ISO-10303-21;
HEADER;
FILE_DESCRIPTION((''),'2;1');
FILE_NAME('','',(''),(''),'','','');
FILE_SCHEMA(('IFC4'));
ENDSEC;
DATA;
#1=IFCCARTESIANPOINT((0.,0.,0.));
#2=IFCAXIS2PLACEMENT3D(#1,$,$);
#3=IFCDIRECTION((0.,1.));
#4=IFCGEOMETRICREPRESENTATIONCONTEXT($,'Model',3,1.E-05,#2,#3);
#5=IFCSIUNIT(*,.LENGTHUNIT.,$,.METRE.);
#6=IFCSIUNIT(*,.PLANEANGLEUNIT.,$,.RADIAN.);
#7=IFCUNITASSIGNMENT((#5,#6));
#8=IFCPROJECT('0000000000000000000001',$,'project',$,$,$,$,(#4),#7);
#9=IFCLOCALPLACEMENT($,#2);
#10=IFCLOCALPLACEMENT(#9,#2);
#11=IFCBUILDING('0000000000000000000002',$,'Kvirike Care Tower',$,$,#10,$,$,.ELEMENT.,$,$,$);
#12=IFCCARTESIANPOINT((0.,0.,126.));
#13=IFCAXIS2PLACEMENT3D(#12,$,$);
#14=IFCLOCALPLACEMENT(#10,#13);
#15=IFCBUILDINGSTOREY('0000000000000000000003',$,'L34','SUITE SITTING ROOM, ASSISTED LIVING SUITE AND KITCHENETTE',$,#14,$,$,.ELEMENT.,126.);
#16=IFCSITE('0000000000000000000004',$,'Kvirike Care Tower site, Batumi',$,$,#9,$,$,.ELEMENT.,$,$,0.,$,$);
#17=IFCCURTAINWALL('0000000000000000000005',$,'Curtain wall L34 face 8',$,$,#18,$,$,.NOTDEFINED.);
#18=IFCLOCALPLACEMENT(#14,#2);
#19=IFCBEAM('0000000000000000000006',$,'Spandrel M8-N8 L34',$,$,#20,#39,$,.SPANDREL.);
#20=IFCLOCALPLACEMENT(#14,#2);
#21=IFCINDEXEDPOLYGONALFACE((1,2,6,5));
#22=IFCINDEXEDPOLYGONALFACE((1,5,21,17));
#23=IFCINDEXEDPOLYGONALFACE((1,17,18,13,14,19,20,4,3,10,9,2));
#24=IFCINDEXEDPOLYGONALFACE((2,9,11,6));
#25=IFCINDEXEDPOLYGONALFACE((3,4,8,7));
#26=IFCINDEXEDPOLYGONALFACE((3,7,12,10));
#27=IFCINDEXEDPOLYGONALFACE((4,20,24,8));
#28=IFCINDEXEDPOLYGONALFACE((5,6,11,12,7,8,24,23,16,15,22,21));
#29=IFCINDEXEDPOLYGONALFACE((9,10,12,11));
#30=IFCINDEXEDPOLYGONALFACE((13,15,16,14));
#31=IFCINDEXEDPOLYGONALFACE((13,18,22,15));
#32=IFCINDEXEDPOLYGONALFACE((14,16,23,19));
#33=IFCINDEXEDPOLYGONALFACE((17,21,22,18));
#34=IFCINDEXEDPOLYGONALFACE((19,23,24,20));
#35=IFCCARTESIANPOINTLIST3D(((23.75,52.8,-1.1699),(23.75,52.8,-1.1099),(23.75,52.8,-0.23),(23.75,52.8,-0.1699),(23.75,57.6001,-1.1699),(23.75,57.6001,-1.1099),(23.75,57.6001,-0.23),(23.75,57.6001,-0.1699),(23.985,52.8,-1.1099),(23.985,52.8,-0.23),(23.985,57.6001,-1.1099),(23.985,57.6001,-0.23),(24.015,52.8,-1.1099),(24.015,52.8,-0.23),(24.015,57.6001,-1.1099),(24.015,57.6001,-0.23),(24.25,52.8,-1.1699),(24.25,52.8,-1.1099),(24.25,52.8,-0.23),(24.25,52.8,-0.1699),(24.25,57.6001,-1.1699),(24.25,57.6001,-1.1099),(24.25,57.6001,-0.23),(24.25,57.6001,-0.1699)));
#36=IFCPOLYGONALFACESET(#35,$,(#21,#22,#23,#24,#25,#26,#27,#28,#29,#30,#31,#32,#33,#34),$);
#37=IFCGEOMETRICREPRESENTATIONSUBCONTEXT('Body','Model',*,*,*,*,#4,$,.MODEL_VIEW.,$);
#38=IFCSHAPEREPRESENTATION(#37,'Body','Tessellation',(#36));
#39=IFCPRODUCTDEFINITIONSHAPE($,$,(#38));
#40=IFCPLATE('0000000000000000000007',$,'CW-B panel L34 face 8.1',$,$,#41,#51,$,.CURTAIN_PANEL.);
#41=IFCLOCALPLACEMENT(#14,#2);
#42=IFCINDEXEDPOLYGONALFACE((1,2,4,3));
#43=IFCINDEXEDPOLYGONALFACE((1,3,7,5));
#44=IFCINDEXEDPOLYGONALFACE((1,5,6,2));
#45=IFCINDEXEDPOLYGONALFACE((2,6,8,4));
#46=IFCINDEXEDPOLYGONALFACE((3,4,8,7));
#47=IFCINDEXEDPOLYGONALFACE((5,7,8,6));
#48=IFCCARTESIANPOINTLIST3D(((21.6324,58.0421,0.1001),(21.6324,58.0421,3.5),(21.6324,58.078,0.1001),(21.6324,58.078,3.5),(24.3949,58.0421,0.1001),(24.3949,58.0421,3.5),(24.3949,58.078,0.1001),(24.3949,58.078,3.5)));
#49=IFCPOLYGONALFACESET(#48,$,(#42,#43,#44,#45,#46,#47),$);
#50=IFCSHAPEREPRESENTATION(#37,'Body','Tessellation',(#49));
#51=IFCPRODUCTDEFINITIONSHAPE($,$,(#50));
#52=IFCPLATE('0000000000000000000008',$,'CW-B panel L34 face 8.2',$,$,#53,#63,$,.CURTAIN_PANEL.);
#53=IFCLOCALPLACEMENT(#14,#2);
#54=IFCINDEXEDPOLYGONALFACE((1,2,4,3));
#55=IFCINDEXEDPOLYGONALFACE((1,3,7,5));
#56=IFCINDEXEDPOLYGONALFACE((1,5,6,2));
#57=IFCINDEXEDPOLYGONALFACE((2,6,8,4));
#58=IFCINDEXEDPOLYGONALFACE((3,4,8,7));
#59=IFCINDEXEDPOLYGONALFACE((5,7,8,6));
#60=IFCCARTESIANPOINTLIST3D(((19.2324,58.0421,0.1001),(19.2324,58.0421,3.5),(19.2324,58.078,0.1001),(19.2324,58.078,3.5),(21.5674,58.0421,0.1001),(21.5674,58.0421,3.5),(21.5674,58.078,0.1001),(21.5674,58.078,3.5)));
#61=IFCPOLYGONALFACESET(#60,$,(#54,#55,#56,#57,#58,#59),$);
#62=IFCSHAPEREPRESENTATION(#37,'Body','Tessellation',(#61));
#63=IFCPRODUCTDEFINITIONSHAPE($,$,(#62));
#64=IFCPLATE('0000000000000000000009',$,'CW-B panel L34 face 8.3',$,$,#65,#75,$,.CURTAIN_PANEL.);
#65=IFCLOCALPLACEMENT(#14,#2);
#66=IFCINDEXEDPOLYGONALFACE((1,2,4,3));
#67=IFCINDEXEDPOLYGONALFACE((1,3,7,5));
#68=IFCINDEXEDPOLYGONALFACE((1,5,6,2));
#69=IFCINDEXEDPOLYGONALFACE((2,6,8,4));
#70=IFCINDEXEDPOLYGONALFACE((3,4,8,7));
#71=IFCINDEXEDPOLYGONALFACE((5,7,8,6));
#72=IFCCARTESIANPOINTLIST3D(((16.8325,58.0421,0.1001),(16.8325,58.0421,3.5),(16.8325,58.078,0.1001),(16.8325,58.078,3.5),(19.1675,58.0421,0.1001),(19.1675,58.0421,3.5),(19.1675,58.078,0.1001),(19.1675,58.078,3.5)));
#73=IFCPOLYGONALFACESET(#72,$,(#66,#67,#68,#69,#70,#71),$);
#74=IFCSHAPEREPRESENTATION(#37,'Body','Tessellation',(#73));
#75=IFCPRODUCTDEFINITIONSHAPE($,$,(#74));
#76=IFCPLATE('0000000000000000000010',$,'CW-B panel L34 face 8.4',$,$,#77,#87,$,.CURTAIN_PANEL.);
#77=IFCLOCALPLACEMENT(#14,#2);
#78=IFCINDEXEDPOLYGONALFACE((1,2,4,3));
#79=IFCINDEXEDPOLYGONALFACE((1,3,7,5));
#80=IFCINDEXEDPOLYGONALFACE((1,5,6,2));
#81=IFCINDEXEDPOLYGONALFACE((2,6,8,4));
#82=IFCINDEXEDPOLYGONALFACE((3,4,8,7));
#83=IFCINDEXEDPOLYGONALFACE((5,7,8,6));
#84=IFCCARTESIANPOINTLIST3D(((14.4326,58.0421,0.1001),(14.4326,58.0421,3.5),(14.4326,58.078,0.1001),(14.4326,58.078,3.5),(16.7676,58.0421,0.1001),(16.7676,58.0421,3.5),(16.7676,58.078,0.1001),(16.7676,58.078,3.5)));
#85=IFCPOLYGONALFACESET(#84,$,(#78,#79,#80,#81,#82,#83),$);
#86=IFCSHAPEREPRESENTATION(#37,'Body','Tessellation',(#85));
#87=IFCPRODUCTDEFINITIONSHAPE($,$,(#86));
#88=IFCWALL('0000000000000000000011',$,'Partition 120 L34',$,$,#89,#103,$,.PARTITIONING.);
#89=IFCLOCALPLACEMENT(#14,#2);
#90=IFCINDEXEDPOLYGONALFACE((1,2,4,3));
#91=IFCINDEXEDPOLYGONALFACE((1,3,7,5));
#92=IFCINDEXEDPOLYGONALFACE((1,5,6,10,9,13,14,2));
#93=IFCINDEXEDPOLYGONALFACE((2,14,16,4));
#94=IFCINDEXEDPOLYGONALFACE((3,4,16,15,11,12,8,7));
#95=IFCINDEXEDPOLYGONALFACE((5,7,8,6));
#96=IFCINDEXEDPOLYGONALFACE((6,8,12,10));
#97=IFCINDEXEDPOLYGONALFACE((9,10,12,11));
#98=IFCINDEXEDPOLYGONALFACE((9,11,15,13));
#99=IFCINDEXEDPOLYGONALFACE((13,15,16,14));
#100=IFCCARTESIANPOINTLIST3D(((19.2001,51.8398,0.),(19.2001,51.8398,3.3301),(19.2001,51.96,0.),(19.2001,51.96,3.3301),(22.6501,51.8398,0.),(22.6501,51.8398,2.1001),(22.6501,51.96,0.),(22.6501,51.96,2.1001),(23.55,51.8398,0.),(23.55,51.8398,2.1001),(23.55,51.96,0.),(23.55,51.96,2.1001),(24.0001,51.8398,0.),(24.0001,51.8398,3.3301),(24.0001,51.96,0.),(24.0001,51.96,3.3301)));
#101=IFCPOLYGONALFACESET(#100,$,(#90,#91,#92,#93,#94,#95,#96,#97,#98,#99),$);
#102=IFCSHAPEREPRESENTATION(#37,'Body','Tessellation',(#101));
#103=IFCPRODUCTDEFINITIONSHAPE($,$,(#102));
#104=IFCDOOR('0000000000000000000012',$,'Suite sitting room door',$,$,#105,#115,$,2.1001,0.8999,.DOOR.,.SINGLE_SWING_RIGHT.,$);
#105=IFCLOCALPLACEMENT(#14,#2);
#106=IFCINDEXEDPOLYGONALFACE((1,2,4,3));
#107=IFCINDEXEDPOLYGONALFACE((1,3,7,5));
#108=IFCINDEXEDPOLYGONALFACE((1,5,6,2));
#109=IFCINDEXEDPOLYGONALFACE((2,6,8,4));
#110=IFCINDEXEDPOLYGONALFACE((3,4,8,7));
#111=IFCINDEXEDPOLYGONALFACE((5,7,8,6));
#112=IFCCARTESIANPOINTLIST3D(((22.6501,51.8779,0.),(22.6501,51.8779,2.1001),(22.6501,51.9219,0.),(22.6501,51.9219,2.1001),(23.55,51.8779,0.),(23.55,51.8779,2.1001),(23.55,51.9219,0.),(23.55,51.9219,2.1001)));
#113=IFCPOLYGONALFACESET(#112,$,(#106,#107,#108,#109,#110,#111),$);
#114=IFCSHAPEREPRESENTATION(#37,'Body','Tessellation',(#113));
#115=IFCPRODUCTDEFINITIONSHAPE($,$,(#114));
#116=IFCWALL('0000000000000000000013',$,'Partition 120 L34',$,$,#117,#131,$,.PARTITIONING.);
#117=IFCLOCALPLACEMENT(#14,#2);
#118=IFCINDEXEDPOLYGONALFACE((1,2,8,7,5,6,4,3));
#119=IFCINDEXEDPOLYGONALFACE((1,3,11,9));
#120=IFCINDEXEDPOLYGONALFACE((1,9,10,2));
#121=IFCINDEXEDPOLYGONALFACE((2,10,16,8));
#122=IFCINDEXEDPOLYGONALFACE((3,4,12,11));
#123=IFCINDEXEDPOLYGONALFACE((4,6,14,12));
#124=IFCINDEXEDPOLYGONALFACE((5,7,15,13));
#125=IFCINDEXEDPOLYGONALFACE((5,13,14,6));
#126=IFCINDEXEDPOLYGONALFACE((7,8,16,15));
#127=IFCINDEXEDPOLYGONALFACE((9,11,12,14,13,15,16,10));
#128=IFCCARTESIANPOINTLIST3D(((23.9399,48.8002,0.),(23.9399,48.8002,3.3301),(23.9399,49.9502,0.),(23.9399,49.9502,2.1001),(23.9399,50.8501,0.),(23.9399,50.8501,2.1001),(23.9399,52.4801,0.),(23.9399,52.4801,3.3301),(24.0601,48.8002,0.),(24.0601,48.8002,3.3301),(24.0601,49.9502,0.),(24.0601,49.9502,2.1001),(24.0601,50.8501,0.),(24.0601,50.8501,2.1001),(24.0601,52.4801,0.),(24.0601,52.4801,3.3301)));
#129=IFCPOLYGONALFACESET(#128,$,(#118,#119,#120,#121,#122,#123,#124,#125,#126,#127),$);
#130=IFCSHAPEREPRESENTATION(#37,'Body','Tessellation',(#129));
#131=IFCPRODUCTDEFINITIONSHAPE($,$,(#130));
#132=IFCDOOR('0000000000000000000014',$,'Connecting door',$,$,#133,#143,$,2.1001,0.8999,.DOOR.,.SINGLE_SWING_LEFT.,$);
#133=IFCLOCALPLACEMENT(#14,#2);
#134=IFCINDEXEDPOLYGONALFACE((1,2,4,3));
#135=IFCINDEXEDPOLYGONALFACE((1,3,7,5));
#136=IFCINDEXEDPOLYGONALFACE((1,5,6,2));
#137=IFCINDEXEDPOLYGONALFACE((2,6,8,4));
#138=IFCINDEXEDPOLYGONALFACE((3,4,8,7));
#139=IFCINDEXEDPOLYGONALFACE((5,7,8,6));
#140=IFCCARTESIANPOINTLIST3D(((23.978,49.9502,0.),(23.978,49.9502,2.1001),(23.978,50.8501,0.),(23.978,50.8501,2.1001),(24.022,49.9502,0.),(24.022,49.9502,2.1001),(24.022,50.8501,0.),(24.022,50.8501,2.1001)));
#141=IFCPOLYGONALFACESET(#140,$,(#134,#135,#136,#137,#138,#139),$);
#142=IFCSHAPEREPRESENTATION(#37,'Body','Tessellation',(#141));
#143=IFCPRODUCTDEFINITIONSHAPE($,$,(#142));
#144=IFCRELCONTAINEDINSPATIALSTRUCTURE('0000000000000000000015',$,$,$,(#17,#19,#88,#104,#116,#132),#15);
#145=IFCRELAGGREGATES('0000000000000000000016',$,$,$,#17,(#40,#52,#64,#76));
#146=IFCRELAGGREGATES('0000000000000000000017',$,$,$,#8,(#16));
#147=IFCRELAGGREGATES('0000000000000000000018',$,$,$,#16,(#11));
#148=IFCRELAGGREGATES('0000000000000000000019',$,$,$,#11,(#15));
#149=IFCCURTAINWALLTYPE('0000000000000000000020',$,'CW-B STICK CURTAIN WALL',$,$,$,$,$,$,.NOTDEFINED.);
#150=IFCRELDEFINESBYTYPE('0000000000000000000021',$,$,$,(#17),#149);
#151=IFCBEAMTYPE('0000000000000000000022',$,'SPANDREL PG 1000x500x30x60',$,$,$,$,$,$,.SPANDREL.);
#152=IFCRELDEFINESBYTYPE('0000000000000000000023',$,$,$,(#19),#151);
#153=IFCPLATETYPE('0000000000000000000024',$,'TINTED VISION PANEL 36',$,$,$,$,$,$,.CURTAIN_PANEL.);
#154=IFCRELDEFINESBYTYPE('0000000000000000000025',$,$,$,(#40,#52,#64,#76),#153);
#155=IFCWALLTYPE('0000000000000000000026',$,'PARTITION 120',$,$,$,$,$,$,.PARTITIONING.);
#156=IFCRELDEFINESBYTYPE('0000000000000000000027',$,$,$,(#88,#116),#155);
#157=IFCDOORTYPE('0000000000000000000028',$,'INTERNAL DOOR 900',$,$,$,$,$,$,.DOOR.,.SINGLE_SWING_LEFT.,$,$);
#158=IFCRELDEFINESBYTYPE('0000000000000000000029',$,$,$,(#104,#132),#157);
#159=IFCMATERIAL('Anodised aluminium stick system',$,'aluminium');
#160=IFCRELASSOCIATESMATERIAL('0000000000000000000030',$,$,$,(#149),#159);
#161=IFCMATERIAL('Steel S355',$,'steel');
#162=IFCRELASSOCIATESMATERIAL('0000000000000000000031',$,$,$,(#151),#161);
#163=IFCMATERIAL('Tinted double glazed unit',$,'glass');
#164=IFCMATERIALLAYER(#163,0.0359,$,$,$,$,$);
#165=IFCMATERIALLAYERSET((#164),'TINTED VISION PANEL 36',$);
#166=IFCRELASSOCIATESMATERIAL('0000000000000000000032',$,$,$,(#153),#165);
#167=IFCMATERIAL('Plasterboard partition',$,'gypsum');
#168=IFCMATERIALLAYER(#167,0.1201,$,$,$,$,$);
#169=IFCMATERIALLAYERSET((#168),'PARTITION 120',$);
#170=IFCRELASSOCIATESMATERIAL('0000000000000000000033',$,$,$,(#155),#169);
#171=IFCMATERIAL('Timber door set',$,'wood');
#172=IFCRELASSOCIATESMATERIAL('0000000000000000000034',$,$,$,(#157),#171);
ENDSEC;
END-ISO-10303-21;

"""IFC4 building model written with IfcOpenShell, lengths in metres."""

from ifc_helpers import new_model, si_unit, direction, frame, frame_2d, origin, origin_2d, place, context, subcontext, project, spatial, rectangle, i_section, extrude, material, layer, layer_set, material_profile, profile_set, type_object, element, fill, aggregate, save


model = new_model("IFC4")

# Units and contexts
model_context = context("Model", 3, precision=1e-05, world=origin(), true_north=direction((0.0, 1.0)))
body_context = subcontext(model_context, "Body", "Model", "MODEL_VIEW")
ifc_project = project(units=[si_unit("LENGTHUNIT", "METRE"), si_unit("PLANEANGLEUNIT", "RADIAN")], contexts=[model_context])

# Site, building, storey
site_placement = place(None, origin())
site = spatial("IfcSite", under=ifc_project, at=site_placement, Name="Kvirike Care Tower site, Batumi", CompositionType="ELEMENT", RefElevation=0.0)
building_placement = place(site_placement, origin())
building = spatial("IfcBuilding", under=site, at=building_placement, Name="Kvirike Care Tower", CompositionType="ELEMENT")
storey_placement = place(building_placement, frame((0.0, 0.0, 126.0)))
storey = spatial("IfcBuildingStorey", under=building, at=storey_placement, Name="L34", Description="SUITE SITTING ROOM, ASSISTED LIVING SUITE AND KITCHENETTE", CompositionType="ELEMENT", Elevation=126.0)

# Curtain wall
ifc_material_1 = material(Name="Anodised aluminium stick system", Category="aluminium")
curtain_wall_type = type_object("IfcCurtainWallType", Name="CW-B STICK CURTAIN WALL", PredefinedType="NOTDEFINED", material=ifc_material_1)
curtain_wall_placement = place(storey_placement, origin())
curtain_wall = element("IfcCurtainWall", 1, at=curtain_wall_placement, inside=storey, type_object=curtain_wall_type, Name="Curtain wall L34 face 8", PredefinedType="NOTDEFINED")

# Beam
ifc_material_2 = material(Name="Steel S355", Category="steel")
ifc_material_profile_1 = material_profile(ifc_material_2, i_section(OverallWidth=0.5, OverallDepth=1.0, WebThickness=0.03, FlangeThickness=0.0601, at=origin_2d()), Name="PG 1000x500x30x60")
ifc_profile_set_1 = profile_set([ifc_material_profile_1], Name="Steel S355")
beam_type = type_object("IfcBeamType", Name="SPANDREL PG 1000x500x30x60", PredefinedType="SPANDREL", material=ifc_profile_set_1)
for number, where, z_axis, x_axis, name in (
    (2, (24.0, 52.8, -0.6699), (0.0, 1.0, 0.0), (-1.0, 0.0, 0.0), "Spandrel M8-N8 L34"),
):
    element("IfcBeam", number, at=place(storey_placement, frame(where, z_axis=z_axis, x_axis=x_axis)), inside=storey, type_object=beam_type, Name=name, PredefinedType="SPANDREL", context=body_context, shape_type="SweptSolid", body=[
        extrude(i_section(OverallWidth=0.5, OverallDepth=1.0, WebThickness=0.03, FlangeThickness=0.0601, at=origin_2d()), origin(), (0.0, 0.0, 1.0), 4.8),
    ])

# Plates
ifc_material_3 = material(Name="Tinted double glazed unit", Category="glass")
ifc_layer_1 = layer(ifc_material_3, 0.0359)
ifc_layer_set_1 = layer_set([ifc_layer_1], Name="TINTED VISION PANEL 36")
plate_type = type_object("IfcPlateType", Name="TINTED VISION PANEL 36", PredefinedType="CURTAIN_PANEL", material=ifc_layer_set_1)
plate_1_placement = place(storey_placement, frame((23.0137, 58.0601, 0.1001), z_axis=(0.0, 0.0, 1.0), x_axis=(-1.0, 0.0, 0.0)))
plate_1 = element("IfcPlate", 3, at=plate_1_placement, type_object=plate_type, Name="CW-B panel L34 face 8.1", PredefinedType="CURTAIN_PANEL", context=body_context, shape_type="SweptSolid", body=[
    extrude(rectangle(XDim=2.7625, YDim=0.0359, at=origin_2d()), origin(), (0.0, 0.0, 1.0), 3.3999),
])
plate_2_placement = place(storey_placement, frame((20.3999, 58.0601, 0.1001), z_axis=(0.0, 0.0, 1.0), x_axis=(-1.0, 0.0, 0.0)))
plate_2 = element("IfcPlate", 4, at=plate_2_placement, type_object=plate_type, Name="CW-B panel L34 face 8.2", PredefinedType="CURTAIN_PANEL", context=body_context, shape_type="SweptSolid", body=[
    extrude(rectangle(XDim=2.335, YDim=0.0359, at=origin_2d()), origin(), (0.0, 0.0, 1.0), 3.3999),
])
plate_3_placement = place(storey_placement, frame((18.0, 58.0601, 0.1001), z_axis=(0.0, 0.0, 1.0), x_axis=(-1.0, 0.0, 0.0)))
plate_3 = element("IfcPlate", 5, at=plate_3_placement, type_object=plate_type, Name="CW-B panel L34 face 8.3", PredefinedType="CURTAIN_PANEL", context=body_context, shape_type="SweptSolid", body=[
    extrude(rectangle(XDim=2.335, YDim=0.0359, at=origin_2d()), origin(), (0.0, 0.0, 1.0), 3.3999),
])
plate_4_placement = place(storey_placement, frame((15.6001, 58.0601, 0.1001), z_axis=(0.0, 0.0, 1.0), x_axis=(-1.0, 0.0, 0.0)))
plate_4 = element("IfcPlate", 6, at=plate_4_placement, type_object=plate_type, Name="CW-B panel L34 face 8.4", PredefinedType="CURTAIN_PANEL", context=body_context, shape_type="SweptSolid", body=[
    extrude(rectangle(XDim=2.335, YDim=0.0359, at=origin_2d()), origin(), (0.0, 0.0, 1.0), 3.3999),
])
aggregate(curtain_wall, [plate_1, plate_2, plate_3, plate_4])

# Walls, openings, doors
ifc_material_4 = material(Name="Plasterboard partition", Category="gypsum")
ifc_layer_2 = layer(ifc_material_4, 0.1201)
ifc_layer_set_2 = layer_set([ifc_layer_2], Name="PARTITION 120")
wall_type = type_object("IfcWallType", Name="PARTITION 120", PredefinedType="PARTITIONING", material=ifc_layer_set_2)
wall_1_placement = place(storey_placement, frame((24.0, 51.8999, 0.0), z_axis=(0.0, 0.0, 1.0), x_axis=(-1.0, 0.0, 0.0)))
wall_1 = element("IfcWall", 7, at=wall_1_placement, inside=storey, type_object=wall_type, Name="Partition 120 L34", PredefinedType="PARTITIONING", context=body_context, shape_type="SweptSolid", body=[
    extrude(rectangle(XDim=4.8, YDim=0.1201, at=frame_2d((2.3999, 0.0))), origin(), (0.0, 0.0, 1.0), 3.3301),
])
opening_1_placement = place(wall_1_placement, frame((0.45, 0.0, 0.0)))
opening_1 = element("IfcOpeningElement", 8, at=opening_1_placement, cuts=wall_1, PredefinedType="OPENING", context=body_context, shape_type="SweptSolid", body=[
    extrude(rectangle(XDim=0.8999, YDim=2.1001, at=frame_2d((0.45, 1.05))), frame((0.0, 0.0706, 0.0), z_axis=(0.0, -1.0, 0.0), x_axis=(1.0, 0.0, 0.0)), (0.0, 0.0, 1.0), 0.1411),
])
ifc_material_5 = material(Name="Timber door set", Category="wood")
door_type = type_object("IfcDoorType", Name="INTERNAL DOOR 900", OperationType="SINGLE_SWING_LEFT", PredefinedType="DOOR", material=ifc_material_5)
door_1_placement = place(opening_1_placement, origin())
door_1 = element("IfcDoor", 9, at=door_1_placement, inside=storey, type_object=door_type, Name="Suite sitting room door", OperationType="SINGLE_SWING_RIGHT", OverallHeight=2.1001, OverallWidth=0.8999, PredefinedType="DOOR", context=body_context, shape_type="SweptSolid", body=[
    extrude(rectangle(XDim=0.8999, YDim=2.1001, at=frame_2d((0.45, 1.05))), frame((0.0, 0.022, 0.0), z_axis=(0.0, -1.0, 0.0), x_axis=(1.0, 0.0, 0.0)), (0.0, 0.0, 1.0), 0.0439),
])
fill(opening_1, door_1)
wall_2_placement = place(storey_placement, frame((24.0, 52.48, 0.0), z_axis=(0.0, 0.0, 1.0), x_axis=(0.0, -1.0, 0.0)))
wall_2 = element("IfcWall", 10, at=wall_2_placement, inside=storey, type_object=wall_type, Name="Partition 120 L34", PredefinedType="PARTITIONING", context=body_context, shape_type="SweptSolid", body=[
    extrude(rectangle(XDim=3.6799, YDim=0.1201, at=frame_2d((1.8398, 0.0))), origin(), (0.0, 0.0, 1.0), 3.3301),
])
opening_2_placement = place(wall_2_placement, frame((1.6299, 0.0, 0.0)))
opening_2 = element("IfcOpeningElement", 11, at=opening_2_placement, cuts=wall_2, PredefinedType="OPENING", context=body_context, shape_type="SweptSolid", body=[
    extrude(rectangle(XDim=0.8999, YDim=2.1001, at=frame_2d((0.45, 1.05))), frame((0.0, 0.0706, 0.0), z_axis=(0.0, -1.0, 0.0), x_axis=(1.0, 0.0, 0.0)), (0.0, 0.0, 1.0), 0.1411),
])
door_2_placement = place(opening_2_placement, origin())
door_2 = element("IfcDoor", 12, at=door_2_placement, inside=storey, type_object=door_type, Name="Connecting door", OperationType="SINGLE_SWING_LEFT", OverallHeight=2.1001, OverallWidth=0.8999, PredefinedType="DOOR", context=body_context, shape_type="SweptSolid", body=[
    extrude(rectangle(XDim=0.8999, YDim=2.1001, at=frame_2d((0.45, 1.05))), frame((0.0, 0.022, 0.0), z_axis=(0.0, -1.0, 0.0), x_axis=(1.0, 0.0, 0.0)), (0.0, 0.0, 1.0), 0.0439),
])
fill(opening_2, door_2)

save(model, "model.ifc")
